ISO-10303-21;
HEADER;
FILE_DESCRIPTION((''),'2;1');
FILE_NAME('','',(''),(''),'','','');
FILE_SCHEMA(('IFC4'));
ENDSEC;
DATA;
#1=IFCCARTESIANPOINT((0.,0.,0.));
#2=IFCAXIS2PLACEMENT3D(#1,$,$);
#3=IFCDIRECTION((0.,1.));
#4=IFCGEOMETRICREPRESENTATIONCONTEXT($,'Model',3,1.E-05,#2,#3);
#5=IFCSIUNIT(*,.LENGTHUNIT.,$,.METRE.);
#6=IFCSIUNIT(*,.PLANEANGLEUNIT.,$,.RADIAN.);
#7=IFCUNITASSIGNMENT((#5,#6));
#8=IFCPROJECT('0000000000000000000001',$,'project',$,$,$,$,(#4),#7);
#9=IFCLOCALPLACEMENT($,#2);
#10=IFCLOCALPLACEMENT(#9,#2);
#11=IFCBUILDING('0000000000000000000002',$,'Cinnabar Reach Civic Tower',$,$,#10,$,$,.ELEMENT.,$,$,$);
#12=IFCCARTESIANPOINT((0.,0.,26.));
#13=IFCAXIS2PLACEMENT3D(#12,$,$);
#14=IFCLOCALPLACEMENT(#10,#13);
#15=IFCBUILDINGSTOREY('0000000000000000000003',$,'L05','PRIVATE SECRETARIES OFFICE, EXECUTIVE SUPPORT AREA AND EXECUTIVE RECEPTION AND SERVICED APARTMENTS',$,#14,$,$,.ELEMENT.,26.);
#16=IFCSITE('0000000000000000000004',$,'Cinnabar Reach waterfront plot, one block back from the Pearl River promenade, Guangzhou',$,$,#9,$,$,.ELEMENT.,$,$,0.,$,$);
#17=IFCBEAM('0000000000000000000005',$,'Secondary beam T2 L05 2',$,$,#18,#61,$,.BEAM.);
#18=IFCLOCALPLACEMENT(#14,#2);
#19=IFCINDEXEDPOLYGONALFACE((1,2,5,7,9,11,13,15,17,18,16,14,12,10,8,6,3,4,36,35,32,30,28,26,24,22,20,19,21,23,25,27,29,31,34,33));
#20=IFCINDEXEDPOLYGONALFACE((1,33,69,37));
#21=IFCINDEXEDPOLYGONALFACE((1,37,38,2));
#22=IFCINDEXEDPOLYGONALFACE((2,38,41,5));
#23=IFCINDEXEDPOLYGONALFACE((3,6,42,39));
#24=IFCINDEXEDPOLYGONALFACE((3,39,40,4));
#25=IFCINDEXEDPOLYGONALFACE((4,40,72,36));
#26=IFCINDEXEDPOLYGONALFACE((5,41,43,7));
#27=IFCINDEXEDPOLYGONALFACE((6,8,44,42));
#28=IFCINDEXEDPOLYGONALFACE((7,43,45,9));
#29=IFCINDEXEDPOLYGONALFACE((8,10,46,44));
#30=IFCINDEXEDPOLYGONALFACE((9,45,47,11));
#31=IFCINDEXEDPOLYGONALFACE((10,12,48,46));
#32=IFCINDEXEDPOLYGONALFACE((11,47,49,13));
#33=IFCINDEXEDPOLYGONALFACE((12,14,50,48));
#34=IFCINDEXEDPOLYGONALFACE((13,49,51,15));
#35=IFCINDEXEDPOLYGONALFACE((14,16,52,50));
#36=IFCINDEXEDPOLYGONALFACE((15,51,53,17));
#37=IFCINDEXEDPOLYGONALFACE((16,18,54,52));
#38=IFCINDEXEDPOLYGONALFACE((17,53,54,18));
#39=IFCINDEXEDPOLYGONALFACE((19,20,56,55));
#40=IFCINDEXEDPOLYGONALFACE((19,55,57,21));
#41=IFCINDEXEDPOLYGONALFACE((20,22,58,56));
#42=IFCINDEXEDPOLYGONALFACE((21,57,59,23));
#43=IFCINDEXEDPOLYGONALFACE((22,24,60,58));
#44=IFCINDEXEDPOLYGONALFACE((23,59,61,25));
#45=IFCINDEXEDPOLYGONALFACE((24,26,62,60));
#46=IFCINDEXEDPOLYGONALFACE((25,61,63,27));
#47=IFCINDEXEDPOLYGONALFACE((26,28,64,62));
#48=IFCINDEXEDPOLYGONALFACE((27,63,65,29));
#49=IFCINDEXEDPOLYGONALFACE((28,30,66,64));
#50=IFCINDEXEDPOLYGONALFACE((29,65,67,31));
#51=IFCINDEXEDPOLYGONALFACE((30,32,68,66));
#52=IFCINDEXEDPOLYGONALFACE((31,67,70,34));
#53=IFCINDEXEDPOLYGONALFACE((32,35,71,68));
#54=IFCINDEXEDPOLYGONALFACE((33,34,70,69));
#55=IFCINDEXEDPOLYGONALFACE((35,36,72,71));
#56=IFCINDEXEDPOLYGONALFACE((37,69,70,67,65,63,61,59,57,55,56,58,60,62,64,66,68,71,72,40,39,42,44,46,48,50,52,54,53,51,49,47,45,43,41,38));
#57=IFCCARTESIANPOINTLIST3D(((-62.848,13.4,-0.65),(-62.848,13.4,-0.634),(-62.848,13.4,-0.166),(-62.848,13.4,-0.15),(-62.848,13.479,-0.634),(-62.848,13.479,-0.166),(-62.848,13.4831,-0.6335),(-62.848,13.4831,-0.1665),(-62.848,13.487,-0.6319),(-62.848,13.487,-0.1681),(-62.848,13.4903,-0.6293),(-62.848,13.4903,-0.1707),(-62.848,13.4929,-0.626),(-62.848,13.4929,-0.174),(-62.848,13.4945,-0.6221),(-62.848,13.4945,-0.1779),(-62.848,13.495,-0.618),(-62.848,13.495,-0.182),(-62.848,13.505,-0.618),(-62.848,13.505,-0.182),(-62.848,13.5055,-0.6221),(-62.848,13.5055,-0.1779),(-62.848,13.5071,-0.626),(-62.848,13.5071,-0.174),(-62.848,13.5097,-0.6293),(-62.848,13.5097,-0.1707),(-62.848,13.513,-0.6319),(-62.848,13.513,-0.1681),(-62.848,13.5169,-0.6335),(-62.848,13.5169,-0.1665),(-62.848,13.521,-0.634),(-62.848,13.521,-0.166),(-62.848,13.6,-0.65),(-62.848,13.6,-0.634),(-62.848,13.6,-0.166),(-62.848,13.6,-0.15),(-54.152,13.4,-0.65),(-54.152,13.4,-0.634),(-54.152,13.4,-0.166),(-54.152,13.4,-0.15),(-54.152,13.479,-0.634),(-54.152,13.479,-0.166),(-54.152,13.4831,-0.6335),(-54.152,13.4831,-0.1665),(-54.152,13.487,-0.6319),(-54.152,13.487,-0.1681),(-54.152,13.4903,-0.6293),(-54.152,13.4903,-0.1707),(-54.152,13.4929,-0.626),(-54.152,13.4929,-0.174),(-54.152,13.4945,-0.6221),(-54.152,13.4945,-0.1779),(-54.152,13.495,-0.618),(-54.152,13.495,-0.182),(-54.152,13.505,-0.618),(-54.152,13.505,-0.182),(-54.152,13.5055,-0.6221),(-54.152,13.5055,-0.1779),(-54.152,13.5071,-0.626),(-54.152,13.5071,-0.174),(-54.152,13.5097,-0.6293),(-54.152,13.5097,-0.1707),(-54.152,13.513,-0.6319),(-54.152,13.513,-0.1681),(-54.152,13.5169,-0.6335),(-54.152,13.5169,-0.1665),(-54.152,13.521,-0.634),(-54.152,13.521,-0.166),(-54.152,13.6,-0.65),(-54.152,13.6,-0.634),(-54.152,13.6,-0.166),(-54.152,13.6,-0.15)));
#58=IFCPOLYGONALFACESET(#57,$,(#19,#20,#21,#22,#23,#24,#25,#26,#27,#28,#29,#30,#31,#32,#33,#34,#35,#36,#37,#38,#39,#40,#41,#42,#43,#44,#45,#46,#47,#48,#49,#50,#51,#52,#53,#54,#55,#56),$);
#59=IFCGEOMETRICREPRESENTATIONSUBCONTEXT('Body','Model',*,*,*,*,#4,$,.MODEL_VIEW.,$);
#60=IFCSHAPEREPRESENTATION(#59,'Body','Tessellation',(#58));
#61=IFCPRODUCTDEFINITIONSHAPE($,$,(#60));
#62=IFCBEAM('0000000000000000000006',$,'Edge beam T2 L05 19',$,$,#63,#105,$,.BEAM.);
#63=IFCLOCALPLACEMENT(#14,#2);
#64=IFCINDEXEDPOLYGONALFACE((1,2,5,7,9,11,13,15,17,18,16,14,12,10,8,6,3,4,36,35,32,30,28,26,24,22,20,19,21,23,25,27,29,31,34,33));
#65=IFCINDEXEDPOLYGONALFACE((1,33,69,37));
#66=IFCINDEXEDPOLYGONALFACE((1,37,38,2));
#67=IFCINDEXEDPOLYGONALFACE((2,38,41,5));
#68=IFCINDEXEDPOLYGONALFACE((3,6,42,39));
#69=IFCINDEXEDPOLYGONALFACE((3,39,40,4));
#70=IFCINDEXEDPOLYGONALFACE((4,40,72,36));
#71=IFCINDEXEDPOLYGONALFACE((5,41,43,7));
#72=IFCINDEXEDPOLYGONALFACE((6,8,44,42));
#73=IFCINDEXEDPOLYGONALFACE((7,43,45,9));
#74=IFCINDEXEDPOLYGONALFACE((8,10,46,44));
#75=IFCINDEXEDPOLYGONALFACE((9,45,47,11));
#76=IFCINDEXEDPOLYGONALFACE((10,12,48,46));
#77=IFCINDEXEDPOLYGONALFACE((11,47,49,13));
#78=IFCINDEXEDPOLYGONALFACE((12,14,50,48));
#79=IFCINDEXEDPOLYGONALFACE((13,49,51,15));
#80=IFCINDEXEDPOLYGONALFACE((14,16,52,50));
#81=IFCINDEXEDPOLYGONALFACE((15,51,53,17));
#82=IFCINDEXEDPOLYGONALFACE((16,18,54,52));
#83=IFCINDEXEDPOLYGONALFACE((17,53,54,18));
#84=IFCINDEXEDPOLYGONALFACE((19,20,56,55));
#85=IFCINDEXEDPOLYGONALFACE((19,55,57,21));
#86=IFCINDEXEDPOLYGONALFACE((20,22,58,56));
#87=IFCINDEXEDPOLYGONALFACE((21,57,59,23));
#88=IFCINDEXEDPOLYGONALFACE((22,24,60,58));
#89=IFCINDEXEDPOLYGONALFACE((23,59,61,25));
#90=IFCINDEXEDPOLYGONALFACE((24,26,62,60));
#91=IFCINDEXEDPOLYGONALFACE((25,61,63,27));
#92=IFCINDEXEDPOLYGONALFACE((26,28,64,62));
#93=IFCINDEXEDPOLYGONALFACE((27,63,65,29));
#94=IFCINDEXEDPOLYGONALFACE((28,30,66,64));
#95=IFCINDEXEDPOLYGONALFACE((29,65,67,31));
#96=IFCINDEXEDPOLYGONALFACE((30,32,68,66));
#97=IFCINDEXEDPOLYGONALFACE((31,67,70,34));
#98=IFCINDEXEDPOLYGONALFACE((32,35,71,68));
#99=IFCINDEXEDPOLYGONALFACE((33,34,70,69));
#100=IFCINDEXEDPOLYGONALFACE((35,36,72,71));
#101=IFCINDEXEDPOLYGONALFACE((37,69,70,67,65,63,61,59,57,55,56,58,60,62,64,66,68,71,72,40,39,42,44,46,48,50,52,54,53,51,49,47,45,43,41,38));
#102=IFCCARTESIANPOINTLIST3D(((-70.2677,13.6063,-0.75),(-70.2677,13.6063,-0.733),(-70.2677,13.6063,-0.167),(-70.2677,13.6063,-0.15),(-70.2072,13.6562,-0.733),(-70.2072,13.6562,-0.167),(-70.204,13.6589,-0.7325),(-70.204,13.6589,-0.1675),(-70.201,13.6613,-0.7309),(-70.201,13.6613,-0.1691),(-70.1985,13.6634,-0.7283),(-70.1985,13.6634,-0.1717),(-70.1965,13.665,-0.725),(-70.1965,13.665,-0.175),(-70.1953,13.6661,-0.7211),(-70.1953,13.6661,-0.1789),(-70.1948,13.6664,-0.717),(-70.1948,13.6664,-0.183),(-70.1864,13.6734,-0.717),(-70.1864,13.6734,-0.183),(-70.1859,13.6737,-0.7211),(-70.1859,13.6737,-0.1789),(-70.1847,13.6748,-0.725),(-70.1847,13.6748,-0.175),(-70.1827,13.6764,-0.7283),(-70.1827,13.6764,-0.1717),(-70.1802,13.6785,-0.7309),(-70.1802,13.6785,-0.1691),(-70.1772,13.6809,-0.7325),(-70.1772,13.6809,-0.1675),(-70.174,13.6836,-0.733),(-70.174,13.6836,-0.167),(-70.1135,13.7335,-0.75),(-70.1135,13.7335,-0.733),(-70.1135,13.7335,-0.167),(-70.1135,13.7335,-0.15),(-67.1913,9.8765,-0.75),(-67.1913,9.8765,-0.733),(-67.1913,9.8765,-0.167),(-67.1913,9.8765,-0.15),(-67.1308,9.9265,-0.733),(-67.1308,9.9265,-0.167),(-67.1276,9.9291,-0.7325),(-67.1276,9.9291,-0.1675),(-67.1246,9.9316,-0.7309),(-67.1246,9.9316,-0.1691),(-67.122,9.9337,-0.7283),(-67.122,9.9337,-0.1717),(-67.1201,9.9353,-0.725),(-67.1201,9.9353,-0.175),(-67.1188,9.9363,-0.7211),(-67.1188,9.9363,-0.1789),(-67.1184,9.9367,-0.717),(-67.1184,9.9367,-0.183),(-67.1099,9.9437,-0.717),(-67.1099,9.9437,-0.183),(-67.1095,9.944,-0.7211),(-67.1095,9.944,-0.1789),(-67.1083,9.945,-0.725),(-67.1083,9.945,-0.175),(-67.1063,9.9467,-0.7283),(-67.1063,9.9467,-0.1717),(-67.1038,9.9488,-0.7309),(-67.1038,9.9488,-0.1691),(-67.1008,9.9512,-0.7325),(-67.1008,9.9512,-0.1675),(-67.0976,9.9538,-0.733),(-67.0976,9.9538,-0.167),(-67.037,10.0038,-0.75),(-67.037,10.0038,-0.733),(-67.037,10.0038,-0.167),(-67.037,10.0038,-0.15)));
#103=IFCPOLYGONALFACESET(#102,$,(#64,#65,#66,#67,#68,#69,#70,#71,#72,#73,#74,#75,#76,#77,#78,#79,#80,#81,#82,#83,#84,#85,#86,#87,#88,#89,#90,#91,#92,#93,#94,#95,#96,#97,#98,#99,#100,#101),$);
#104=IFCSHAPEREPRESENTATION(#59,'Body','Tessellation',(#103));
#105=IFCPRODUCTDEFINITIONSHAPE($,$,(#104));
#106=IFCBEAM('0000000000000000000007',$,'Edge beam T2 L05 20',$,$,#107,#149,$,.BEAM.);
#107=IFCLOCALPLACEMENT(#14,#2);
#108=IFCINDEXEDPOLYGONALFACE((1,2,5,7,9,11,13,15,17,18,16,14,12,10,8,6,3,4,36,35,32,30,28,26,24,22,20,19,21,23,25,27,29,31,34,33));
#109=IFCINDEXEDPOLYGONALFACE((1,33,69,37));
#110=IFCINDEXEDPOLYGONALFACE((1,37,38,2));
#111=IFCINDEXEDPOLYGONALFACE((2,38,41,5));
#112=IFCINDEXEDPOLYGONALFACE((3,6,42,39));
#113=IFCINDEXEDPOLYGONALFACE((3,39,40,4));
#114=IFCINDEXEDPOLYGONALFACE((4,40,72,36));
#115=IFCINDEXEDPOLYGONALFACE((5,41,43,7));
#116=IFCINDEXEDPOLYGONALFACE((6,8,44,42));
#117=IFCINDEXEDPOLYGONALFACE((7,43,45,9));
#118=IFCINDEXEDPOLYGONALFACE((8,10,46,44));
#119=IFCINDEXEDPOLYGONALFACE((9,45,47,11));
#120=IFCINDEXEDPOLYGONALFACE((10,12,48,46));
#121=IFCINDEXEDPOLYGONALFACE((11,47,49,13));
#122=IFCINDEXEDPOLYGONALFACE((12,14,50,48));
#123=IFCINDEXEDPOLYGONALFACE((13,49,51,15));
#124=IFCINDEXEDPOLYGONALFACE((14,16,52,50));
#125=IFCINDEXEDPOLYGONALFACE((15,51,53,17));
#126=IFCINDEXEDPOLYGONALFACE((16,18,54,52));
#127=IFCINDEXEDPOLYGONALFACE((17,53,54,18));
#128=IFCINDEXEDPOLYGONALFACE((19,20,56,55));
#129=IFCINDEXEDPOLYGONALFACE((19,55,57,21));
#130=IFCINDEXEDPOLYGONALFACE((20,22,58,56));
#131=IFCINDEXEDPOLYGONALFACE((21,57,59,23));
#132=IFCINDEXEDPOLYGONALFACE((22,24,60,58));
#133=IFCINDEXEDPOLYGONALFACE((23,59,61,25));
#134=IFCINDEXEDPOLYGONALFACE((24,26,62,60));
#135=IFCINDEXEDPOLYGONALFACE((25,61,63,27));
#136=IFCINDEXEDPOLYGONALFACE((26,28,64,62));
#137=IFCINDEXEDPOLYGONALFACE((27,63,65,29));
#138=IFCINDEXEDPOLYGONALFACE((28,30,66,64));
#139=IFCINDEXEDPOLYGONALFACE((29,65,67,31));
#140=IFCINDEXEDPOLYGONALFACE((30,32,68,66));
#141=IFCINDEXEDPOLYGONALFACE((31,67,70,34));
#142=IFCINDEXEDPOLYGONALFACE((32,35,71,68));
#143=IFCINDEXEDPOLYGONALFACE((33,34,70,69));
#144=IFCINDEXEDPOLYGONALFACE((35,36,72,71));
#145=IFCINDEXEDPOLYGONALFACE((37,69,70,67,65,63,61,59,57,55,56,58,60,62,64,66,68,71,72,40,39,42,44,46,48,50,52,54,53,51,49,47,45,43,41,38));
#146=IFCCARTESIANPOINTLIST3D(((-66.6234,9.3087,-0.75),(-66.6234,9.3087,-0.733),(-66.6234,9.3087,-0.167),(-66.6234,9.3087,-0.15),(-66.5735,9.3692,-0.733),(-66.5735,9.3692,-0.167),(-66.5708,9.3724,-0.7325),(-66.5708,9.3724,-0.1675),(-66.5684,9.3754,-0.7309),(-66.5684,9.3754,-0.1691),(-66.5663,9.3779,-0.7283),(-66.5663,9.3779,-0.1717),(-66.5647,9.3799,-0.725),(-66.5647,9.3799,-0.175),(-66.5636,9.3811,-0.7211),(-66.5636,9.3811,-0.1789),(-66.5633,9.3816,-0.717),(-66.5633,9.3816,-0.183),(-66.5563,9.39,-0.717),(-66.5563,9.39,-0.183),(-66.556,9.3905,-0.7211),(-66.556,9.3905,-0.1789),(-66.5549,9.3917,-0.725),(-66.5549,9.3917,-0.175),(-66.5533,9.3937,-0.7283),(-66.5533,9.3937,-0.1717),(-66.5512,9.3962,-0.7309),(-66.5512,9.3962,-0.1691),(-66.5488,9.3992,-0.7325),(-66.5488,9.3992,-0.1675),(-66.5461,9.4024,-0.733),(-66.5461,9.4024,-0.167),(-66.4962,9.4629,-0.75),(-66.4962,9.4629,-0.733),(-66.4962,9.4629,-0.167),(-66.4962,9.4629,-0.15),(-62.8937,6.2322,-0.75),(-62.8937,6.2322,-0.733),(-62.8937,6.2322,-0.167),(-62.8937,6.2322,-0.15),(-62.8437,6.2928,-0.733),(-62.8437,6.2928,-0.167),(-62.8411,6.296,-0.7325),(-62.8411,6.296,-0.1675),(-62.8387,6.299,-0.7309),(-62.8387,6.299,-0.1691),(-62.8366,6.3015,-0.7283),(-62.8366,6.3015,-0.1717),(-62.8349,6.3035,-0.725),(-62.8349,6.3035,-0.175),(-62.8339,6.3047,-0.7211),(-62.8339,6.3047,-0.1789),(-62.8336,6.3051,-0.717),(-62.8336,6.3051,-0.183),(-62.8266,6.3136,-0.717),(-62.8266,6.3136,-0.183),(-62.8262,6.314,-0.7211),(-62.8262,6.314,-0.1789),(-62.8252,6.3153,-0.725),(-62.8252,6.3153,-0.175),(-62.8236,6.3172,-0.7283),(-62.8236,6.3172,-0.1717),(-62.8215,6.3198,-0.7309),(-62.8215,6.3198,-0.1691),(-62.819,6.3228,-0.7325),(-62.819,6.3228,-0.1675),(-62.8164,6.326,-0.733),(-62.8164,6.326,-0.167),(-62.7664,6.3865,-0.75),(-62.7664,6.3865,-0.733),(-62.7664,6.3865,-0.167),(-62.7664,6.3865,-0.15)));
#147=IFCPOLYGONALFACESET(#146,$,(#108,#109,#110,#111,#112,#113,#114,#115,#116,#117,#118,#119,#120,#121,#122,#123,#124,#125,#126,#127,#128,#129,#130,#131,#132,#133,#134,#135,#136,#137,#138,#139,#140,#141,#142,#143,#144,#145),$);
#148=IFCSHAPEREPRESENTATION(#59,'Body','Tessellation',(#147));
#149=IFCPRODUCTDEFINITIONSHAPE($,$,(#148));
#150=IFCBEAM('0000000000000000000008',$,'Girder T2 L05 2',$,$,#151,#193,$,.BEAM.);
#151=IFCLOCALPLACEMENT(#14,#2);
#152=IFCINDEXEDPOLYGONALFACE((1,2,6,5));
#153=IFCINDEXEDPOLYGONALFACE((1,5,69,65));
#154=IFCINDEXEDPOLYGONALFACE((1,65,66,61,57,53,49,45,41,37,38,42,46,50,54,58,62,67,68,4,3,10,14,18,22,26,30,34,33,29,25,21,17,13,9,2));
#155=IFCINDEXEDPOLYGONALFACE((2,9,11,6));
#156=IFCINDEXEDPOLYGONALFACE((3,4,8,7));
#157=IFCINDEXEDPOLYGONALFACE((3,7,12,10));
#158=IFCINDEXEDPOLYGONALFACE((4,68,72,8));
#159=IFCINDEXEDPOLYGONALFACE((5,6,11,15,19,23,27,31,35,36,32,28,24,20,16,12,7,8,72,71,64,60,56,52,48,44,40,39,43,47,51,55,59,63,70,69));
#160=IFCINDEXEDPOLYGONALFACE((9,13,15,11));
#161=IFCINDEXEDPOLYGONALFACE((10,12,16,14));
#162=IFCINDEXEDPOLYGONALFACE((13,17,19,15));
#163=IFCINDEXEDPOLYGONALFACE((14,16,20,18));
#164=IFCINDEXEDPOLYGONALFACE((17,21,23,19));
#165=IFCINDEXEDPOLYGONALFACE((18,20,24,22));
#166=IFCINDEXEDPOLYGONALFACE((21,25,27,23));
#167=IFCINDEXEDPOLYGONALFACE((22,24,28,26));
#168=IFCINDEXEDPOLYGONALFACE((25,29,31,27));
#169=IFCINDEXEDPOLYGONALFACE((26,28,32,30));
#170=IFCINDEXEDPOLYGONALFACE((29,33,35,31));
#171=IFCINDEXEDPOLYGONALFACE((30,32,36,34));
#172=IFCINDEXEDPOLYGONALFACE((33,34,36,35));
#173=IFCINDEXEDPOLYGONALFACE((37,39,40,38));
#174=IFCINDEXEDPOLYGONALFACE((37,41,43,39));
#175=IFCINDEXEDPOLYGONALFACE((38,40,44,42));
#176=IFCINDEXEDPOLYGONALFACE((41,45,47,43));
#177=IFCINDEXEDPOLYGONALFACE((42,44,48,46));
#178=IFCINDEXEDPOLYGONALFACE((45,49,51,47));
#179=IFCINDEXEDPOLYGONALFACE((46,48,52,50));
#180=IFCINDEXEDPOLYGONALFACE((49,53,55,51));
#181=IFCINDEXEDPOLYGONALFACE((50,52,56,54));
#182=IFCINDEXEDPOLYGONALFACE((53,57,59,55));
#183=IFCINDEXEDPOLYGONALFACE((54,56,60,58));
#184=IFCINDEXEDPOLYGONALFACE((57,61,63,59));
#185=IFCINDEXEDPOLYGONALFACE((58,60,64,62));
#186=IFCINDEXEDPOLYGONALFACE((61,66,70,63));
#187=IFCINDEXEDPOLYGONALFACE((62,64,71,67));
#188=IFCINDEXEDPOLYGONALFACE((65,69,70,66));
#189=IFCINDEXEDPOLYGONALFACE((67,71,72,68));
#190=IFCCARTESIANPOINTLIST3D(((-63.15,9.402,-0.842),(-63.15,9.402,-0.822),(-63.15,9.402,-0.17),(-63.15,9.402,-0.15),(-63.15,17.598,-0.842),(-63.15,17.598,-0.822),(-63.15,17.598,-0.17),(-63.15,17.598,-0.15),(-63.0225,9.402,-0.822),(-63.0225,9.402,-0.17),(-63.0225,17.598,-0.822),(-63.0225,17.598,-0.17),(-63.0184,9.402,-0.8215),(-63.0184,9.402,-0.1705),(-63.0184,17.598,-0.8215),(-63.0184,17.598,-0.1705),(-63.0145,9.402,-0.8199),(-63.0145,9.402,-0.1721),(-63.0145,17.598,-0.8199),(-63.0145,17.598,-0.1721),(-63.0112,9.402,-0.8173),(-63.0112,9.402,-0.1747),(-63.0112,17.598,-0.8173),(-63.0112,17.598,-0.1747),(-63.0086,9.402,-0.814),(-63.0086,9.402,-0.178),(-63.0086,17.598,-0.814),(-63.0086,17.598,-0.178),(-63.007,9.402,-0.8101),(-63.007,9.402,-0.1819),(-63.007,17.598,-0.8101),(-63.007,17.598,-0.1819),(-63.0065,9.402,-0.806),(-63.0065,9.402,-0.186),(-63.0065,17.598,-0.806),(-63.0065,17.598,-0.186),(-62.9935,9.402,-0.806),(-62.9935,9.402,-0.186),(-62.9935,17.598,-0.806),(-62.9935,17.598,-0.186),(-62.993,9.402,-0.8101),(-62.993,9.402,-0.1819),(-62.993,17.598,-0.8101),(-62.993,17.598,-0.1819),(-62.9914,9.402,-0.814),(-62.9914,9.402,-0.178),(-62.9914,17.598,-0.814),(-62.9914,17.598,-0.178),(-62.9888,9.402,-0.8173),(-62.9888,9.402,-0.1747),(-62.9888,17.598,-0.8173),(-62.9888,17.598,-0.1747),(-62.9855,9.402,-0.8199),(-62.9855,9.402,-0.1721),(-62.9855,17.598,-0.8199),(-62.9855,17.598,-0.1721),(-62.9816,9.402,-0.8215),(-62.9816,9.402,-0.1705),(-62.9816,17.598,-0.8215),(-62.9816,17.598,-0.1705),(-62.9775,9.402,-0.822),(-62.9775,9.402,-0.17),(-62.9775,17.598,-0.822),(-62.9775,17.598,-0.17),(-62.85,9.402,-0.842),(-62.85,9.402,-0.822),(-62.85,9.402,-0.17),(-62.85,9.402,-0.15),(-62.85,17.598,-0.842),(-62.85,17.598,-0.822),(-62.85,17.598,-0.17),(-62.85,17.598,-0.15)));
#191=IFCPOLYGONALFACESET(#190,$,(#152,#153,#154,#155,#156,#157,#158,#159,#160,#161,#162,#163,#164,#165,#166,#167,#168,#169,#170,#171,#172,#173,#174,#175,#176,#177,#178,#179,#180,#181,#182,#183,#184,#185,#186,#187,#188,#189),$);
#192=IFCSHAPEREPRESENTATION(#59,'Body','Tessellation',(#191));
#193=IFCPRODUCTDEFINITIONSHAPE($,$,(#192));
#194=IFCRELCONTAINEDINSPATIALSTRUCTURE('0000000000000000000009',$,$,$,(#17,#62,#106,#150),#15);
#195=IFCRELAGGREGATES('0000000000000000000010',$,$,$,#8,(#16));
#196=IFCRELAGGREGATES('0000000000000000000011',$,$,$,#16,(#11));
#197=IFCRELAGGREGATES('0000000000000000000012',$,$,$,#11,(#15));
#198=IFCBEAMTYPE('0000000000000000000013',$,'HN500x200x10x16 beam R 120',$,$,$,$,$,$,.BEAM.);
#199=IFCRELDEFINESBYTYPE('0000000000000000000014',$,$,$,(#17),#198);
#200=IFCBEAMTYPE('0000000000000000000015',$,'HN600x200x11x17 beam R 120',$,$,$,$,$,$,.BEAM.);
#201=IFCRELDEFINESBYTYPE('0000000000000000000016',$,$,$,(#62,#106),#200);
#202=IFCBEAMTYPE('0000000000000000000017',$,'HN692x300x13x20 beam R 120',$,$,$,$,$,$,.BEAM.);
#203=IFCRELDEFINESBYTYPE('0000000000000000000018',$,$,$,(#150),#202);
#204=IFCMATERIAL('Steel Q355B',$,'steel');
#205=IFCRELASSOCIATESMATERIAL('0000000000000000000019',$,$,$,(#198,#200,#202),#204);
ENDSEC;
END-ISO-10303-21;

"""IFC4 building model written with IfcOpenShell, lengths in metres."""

from ifc_helpers import new_model, si_unit, direction, frame, origin, origin_2d, place, context, subcontext, project, spatial, i_section, extrude, material, material_profile, profile_set, type_object, element, save


model = new_model("IFC4")

# Units and contexts
model_context = context("Model", 3, precision=1e-05, world=origin(), true_north=direction((0.0, 1.0)))
body_context = subcontext(model_context, "Body", "Model", "MODEL_VIEW")
ifc_project = project(units=[si_unit("LENGTHUNIT", "METRE"), si_unit("PLANEANGLEUNIT", "RADIAN")], contexts=[model_context])

# Site, building, storey
site_placement = place(None, origin())
site = spatial("IfcSite", under=ifc_project, at=site_placement, Name="Cinnabar Reach waterfront plot, one block back from the Pearl River promenade, Guangzhou", CompositionType="ELEMENT", RefElevation=0.0)
building_placement = place(site_placement, origin())
building = spatial("IfcBuilding", under=site, at=building_placement, Name="Cinnabar Reach Civic Tower", CompositionType="ELEMENT")
storey_placement = place(building_placement, frame((0.0, 0.0, 26.0)))
storey = spatial("IfcBuildingStorey", under=building, at=storey_placement, Name="L05", Description="PRIVATE SECRETARIES OFFICE, EXECUTIVE SUPPORT AREA AND EXECUTIVE RECEPTION AND SERVICED APARTMENTS", CompositionType="ELEMENT", Elevation=26.0)

# Beams
ifc_material_1 = material(Name="Steel Q355B", Category="steel")
ifc_material_profile_1 = material_profile(ifc_material_1, i_section(OverallWidth=0.2, OverallDepth=0.5, WebThickness=0.01, FlangeThickness=0.016, FilletRadius=0.016, at=origin_2d()), Name="HN500x200x10x16")
ifc_profile_set_1 = profile_set([ifc_material_profile_1], Name="Steel Q355B")
beam_type_1 = type_object("IfcBeamType", Name="HN500x200x10x16 beam R 120", PredefinedType="BEAM", material=ifc_profile_set_1)
beam_1_placement = place(storey_placement, frame((-62.848, 13.5, -0.4), z_axis=(1.0, 0.0, 0.0), x_axis=(0.0, 1.0, 0.0)))
element("IfcBeam", 1, at=beam_1_placement, inside=storey, type_object=beam_type_1, Name="Secondary beam T2 L05 2", PredefinedType="BEAM", context=body_context, shape_type="SweptSolid", body=[
    extrude(i_section(OverallWidth=0.2, OverallDepth=0.5, WebThickness=0.01, FlangeThickness=0.016, FilletRadius=0.016, at=origin_2d()), origin(), (0.0, 0.0, 1.0), 8.696),
])
ifc_material_profile_2 = material_profile(ifc_material_1, i_section(OverallWidth=0.2, OverallDepth=0.6, WebThickness=0.011, FlangeThickness=0.017, FilletRadius=0.016, at=origin_2d()), Name="HN600x200x11x17")
ifc_profile_set_2 = profile_set([ifc_material_profile_2], Name="Steel Q355B")
beam_type_2 = type_object("IfcBeamType", Name="HN600x200x11x17 beam R 120", PredefinedType="BEAM", material=ifc_profile_set_2)
for number, where, z_axis, x_axis, name in (
    (2, (-70.1906, 13.6699, -0.45), (0.636309, -0.771434, 0.0), (0.771434, 0.636309, 0.0), "Edge beam T2 L05 19"),
    (3, (-66.5598, 9.3858, -0.45), (0.771434, -0.636309, 0.0), (0.636309, 0.771434, 0.0), "Edge beam T2 L05 20"),
):
    element("IfcBeam", number, at=place(storey_placement, frame(where, z_axis=z_axis, x_axis=x_axis)), inside=storey, type_object=beam_type_2, Name=name, PredefinedType="BEAM", context=body_context, shape_type="SweptSolid", body=[
        extrude(i_section(OverallWidth=0.2, OverallDepth=0.6, WebThickness=0.011, FlangeThickness=0.017, FilletRadius=0.016, at=origin_2d()), origin(), (0.0, 0.0, 1.0), 4.8348),
    ])
ifc_material_profile_3 = material_profile(ifc_material_1, i_section(OverallWidth=0.3, OverallDepth=0.692, WebThickness=0.013, FlangeThickness=0.02, FilletRadius=0.016, at=origin_2d()), Name="HN692x300x13x20")
ifc_profile_set_3 = profile_set([ifc_material_profile_3], Name="Steel Q355B")
beam_type_3 = type_object("IfcBeamType", Name="HN692x300x13x20 beam R 120", PredefinedType="BEAM", material=ifc_profile_set_3)
beam_2_placement = place(storey_placement, frame((-63.0, 9.402, -0.496), z_axis=(0.0, 1.0, 0.0), x_axis=(-1.0, 0.0, 0.0)))
element("IfcBeam", 4, at=beam_2_placement, inside=storey, type_object=beam_type_3, Name="Girder T2 L05 2", PredefinedType="BEAM", context=body_context, shape_type="SweptSolid", body=[
    extrude(i_section(OverallWidth=0.3, OverallDepth=0.692, WebThickness=0.013, FlangeThickness=0.02, FilletRadius=0.016, at=origin_2d()), origin(), (0.0, 0.0, 1.0), 8.196),
])

save(model, "model.ifc")
